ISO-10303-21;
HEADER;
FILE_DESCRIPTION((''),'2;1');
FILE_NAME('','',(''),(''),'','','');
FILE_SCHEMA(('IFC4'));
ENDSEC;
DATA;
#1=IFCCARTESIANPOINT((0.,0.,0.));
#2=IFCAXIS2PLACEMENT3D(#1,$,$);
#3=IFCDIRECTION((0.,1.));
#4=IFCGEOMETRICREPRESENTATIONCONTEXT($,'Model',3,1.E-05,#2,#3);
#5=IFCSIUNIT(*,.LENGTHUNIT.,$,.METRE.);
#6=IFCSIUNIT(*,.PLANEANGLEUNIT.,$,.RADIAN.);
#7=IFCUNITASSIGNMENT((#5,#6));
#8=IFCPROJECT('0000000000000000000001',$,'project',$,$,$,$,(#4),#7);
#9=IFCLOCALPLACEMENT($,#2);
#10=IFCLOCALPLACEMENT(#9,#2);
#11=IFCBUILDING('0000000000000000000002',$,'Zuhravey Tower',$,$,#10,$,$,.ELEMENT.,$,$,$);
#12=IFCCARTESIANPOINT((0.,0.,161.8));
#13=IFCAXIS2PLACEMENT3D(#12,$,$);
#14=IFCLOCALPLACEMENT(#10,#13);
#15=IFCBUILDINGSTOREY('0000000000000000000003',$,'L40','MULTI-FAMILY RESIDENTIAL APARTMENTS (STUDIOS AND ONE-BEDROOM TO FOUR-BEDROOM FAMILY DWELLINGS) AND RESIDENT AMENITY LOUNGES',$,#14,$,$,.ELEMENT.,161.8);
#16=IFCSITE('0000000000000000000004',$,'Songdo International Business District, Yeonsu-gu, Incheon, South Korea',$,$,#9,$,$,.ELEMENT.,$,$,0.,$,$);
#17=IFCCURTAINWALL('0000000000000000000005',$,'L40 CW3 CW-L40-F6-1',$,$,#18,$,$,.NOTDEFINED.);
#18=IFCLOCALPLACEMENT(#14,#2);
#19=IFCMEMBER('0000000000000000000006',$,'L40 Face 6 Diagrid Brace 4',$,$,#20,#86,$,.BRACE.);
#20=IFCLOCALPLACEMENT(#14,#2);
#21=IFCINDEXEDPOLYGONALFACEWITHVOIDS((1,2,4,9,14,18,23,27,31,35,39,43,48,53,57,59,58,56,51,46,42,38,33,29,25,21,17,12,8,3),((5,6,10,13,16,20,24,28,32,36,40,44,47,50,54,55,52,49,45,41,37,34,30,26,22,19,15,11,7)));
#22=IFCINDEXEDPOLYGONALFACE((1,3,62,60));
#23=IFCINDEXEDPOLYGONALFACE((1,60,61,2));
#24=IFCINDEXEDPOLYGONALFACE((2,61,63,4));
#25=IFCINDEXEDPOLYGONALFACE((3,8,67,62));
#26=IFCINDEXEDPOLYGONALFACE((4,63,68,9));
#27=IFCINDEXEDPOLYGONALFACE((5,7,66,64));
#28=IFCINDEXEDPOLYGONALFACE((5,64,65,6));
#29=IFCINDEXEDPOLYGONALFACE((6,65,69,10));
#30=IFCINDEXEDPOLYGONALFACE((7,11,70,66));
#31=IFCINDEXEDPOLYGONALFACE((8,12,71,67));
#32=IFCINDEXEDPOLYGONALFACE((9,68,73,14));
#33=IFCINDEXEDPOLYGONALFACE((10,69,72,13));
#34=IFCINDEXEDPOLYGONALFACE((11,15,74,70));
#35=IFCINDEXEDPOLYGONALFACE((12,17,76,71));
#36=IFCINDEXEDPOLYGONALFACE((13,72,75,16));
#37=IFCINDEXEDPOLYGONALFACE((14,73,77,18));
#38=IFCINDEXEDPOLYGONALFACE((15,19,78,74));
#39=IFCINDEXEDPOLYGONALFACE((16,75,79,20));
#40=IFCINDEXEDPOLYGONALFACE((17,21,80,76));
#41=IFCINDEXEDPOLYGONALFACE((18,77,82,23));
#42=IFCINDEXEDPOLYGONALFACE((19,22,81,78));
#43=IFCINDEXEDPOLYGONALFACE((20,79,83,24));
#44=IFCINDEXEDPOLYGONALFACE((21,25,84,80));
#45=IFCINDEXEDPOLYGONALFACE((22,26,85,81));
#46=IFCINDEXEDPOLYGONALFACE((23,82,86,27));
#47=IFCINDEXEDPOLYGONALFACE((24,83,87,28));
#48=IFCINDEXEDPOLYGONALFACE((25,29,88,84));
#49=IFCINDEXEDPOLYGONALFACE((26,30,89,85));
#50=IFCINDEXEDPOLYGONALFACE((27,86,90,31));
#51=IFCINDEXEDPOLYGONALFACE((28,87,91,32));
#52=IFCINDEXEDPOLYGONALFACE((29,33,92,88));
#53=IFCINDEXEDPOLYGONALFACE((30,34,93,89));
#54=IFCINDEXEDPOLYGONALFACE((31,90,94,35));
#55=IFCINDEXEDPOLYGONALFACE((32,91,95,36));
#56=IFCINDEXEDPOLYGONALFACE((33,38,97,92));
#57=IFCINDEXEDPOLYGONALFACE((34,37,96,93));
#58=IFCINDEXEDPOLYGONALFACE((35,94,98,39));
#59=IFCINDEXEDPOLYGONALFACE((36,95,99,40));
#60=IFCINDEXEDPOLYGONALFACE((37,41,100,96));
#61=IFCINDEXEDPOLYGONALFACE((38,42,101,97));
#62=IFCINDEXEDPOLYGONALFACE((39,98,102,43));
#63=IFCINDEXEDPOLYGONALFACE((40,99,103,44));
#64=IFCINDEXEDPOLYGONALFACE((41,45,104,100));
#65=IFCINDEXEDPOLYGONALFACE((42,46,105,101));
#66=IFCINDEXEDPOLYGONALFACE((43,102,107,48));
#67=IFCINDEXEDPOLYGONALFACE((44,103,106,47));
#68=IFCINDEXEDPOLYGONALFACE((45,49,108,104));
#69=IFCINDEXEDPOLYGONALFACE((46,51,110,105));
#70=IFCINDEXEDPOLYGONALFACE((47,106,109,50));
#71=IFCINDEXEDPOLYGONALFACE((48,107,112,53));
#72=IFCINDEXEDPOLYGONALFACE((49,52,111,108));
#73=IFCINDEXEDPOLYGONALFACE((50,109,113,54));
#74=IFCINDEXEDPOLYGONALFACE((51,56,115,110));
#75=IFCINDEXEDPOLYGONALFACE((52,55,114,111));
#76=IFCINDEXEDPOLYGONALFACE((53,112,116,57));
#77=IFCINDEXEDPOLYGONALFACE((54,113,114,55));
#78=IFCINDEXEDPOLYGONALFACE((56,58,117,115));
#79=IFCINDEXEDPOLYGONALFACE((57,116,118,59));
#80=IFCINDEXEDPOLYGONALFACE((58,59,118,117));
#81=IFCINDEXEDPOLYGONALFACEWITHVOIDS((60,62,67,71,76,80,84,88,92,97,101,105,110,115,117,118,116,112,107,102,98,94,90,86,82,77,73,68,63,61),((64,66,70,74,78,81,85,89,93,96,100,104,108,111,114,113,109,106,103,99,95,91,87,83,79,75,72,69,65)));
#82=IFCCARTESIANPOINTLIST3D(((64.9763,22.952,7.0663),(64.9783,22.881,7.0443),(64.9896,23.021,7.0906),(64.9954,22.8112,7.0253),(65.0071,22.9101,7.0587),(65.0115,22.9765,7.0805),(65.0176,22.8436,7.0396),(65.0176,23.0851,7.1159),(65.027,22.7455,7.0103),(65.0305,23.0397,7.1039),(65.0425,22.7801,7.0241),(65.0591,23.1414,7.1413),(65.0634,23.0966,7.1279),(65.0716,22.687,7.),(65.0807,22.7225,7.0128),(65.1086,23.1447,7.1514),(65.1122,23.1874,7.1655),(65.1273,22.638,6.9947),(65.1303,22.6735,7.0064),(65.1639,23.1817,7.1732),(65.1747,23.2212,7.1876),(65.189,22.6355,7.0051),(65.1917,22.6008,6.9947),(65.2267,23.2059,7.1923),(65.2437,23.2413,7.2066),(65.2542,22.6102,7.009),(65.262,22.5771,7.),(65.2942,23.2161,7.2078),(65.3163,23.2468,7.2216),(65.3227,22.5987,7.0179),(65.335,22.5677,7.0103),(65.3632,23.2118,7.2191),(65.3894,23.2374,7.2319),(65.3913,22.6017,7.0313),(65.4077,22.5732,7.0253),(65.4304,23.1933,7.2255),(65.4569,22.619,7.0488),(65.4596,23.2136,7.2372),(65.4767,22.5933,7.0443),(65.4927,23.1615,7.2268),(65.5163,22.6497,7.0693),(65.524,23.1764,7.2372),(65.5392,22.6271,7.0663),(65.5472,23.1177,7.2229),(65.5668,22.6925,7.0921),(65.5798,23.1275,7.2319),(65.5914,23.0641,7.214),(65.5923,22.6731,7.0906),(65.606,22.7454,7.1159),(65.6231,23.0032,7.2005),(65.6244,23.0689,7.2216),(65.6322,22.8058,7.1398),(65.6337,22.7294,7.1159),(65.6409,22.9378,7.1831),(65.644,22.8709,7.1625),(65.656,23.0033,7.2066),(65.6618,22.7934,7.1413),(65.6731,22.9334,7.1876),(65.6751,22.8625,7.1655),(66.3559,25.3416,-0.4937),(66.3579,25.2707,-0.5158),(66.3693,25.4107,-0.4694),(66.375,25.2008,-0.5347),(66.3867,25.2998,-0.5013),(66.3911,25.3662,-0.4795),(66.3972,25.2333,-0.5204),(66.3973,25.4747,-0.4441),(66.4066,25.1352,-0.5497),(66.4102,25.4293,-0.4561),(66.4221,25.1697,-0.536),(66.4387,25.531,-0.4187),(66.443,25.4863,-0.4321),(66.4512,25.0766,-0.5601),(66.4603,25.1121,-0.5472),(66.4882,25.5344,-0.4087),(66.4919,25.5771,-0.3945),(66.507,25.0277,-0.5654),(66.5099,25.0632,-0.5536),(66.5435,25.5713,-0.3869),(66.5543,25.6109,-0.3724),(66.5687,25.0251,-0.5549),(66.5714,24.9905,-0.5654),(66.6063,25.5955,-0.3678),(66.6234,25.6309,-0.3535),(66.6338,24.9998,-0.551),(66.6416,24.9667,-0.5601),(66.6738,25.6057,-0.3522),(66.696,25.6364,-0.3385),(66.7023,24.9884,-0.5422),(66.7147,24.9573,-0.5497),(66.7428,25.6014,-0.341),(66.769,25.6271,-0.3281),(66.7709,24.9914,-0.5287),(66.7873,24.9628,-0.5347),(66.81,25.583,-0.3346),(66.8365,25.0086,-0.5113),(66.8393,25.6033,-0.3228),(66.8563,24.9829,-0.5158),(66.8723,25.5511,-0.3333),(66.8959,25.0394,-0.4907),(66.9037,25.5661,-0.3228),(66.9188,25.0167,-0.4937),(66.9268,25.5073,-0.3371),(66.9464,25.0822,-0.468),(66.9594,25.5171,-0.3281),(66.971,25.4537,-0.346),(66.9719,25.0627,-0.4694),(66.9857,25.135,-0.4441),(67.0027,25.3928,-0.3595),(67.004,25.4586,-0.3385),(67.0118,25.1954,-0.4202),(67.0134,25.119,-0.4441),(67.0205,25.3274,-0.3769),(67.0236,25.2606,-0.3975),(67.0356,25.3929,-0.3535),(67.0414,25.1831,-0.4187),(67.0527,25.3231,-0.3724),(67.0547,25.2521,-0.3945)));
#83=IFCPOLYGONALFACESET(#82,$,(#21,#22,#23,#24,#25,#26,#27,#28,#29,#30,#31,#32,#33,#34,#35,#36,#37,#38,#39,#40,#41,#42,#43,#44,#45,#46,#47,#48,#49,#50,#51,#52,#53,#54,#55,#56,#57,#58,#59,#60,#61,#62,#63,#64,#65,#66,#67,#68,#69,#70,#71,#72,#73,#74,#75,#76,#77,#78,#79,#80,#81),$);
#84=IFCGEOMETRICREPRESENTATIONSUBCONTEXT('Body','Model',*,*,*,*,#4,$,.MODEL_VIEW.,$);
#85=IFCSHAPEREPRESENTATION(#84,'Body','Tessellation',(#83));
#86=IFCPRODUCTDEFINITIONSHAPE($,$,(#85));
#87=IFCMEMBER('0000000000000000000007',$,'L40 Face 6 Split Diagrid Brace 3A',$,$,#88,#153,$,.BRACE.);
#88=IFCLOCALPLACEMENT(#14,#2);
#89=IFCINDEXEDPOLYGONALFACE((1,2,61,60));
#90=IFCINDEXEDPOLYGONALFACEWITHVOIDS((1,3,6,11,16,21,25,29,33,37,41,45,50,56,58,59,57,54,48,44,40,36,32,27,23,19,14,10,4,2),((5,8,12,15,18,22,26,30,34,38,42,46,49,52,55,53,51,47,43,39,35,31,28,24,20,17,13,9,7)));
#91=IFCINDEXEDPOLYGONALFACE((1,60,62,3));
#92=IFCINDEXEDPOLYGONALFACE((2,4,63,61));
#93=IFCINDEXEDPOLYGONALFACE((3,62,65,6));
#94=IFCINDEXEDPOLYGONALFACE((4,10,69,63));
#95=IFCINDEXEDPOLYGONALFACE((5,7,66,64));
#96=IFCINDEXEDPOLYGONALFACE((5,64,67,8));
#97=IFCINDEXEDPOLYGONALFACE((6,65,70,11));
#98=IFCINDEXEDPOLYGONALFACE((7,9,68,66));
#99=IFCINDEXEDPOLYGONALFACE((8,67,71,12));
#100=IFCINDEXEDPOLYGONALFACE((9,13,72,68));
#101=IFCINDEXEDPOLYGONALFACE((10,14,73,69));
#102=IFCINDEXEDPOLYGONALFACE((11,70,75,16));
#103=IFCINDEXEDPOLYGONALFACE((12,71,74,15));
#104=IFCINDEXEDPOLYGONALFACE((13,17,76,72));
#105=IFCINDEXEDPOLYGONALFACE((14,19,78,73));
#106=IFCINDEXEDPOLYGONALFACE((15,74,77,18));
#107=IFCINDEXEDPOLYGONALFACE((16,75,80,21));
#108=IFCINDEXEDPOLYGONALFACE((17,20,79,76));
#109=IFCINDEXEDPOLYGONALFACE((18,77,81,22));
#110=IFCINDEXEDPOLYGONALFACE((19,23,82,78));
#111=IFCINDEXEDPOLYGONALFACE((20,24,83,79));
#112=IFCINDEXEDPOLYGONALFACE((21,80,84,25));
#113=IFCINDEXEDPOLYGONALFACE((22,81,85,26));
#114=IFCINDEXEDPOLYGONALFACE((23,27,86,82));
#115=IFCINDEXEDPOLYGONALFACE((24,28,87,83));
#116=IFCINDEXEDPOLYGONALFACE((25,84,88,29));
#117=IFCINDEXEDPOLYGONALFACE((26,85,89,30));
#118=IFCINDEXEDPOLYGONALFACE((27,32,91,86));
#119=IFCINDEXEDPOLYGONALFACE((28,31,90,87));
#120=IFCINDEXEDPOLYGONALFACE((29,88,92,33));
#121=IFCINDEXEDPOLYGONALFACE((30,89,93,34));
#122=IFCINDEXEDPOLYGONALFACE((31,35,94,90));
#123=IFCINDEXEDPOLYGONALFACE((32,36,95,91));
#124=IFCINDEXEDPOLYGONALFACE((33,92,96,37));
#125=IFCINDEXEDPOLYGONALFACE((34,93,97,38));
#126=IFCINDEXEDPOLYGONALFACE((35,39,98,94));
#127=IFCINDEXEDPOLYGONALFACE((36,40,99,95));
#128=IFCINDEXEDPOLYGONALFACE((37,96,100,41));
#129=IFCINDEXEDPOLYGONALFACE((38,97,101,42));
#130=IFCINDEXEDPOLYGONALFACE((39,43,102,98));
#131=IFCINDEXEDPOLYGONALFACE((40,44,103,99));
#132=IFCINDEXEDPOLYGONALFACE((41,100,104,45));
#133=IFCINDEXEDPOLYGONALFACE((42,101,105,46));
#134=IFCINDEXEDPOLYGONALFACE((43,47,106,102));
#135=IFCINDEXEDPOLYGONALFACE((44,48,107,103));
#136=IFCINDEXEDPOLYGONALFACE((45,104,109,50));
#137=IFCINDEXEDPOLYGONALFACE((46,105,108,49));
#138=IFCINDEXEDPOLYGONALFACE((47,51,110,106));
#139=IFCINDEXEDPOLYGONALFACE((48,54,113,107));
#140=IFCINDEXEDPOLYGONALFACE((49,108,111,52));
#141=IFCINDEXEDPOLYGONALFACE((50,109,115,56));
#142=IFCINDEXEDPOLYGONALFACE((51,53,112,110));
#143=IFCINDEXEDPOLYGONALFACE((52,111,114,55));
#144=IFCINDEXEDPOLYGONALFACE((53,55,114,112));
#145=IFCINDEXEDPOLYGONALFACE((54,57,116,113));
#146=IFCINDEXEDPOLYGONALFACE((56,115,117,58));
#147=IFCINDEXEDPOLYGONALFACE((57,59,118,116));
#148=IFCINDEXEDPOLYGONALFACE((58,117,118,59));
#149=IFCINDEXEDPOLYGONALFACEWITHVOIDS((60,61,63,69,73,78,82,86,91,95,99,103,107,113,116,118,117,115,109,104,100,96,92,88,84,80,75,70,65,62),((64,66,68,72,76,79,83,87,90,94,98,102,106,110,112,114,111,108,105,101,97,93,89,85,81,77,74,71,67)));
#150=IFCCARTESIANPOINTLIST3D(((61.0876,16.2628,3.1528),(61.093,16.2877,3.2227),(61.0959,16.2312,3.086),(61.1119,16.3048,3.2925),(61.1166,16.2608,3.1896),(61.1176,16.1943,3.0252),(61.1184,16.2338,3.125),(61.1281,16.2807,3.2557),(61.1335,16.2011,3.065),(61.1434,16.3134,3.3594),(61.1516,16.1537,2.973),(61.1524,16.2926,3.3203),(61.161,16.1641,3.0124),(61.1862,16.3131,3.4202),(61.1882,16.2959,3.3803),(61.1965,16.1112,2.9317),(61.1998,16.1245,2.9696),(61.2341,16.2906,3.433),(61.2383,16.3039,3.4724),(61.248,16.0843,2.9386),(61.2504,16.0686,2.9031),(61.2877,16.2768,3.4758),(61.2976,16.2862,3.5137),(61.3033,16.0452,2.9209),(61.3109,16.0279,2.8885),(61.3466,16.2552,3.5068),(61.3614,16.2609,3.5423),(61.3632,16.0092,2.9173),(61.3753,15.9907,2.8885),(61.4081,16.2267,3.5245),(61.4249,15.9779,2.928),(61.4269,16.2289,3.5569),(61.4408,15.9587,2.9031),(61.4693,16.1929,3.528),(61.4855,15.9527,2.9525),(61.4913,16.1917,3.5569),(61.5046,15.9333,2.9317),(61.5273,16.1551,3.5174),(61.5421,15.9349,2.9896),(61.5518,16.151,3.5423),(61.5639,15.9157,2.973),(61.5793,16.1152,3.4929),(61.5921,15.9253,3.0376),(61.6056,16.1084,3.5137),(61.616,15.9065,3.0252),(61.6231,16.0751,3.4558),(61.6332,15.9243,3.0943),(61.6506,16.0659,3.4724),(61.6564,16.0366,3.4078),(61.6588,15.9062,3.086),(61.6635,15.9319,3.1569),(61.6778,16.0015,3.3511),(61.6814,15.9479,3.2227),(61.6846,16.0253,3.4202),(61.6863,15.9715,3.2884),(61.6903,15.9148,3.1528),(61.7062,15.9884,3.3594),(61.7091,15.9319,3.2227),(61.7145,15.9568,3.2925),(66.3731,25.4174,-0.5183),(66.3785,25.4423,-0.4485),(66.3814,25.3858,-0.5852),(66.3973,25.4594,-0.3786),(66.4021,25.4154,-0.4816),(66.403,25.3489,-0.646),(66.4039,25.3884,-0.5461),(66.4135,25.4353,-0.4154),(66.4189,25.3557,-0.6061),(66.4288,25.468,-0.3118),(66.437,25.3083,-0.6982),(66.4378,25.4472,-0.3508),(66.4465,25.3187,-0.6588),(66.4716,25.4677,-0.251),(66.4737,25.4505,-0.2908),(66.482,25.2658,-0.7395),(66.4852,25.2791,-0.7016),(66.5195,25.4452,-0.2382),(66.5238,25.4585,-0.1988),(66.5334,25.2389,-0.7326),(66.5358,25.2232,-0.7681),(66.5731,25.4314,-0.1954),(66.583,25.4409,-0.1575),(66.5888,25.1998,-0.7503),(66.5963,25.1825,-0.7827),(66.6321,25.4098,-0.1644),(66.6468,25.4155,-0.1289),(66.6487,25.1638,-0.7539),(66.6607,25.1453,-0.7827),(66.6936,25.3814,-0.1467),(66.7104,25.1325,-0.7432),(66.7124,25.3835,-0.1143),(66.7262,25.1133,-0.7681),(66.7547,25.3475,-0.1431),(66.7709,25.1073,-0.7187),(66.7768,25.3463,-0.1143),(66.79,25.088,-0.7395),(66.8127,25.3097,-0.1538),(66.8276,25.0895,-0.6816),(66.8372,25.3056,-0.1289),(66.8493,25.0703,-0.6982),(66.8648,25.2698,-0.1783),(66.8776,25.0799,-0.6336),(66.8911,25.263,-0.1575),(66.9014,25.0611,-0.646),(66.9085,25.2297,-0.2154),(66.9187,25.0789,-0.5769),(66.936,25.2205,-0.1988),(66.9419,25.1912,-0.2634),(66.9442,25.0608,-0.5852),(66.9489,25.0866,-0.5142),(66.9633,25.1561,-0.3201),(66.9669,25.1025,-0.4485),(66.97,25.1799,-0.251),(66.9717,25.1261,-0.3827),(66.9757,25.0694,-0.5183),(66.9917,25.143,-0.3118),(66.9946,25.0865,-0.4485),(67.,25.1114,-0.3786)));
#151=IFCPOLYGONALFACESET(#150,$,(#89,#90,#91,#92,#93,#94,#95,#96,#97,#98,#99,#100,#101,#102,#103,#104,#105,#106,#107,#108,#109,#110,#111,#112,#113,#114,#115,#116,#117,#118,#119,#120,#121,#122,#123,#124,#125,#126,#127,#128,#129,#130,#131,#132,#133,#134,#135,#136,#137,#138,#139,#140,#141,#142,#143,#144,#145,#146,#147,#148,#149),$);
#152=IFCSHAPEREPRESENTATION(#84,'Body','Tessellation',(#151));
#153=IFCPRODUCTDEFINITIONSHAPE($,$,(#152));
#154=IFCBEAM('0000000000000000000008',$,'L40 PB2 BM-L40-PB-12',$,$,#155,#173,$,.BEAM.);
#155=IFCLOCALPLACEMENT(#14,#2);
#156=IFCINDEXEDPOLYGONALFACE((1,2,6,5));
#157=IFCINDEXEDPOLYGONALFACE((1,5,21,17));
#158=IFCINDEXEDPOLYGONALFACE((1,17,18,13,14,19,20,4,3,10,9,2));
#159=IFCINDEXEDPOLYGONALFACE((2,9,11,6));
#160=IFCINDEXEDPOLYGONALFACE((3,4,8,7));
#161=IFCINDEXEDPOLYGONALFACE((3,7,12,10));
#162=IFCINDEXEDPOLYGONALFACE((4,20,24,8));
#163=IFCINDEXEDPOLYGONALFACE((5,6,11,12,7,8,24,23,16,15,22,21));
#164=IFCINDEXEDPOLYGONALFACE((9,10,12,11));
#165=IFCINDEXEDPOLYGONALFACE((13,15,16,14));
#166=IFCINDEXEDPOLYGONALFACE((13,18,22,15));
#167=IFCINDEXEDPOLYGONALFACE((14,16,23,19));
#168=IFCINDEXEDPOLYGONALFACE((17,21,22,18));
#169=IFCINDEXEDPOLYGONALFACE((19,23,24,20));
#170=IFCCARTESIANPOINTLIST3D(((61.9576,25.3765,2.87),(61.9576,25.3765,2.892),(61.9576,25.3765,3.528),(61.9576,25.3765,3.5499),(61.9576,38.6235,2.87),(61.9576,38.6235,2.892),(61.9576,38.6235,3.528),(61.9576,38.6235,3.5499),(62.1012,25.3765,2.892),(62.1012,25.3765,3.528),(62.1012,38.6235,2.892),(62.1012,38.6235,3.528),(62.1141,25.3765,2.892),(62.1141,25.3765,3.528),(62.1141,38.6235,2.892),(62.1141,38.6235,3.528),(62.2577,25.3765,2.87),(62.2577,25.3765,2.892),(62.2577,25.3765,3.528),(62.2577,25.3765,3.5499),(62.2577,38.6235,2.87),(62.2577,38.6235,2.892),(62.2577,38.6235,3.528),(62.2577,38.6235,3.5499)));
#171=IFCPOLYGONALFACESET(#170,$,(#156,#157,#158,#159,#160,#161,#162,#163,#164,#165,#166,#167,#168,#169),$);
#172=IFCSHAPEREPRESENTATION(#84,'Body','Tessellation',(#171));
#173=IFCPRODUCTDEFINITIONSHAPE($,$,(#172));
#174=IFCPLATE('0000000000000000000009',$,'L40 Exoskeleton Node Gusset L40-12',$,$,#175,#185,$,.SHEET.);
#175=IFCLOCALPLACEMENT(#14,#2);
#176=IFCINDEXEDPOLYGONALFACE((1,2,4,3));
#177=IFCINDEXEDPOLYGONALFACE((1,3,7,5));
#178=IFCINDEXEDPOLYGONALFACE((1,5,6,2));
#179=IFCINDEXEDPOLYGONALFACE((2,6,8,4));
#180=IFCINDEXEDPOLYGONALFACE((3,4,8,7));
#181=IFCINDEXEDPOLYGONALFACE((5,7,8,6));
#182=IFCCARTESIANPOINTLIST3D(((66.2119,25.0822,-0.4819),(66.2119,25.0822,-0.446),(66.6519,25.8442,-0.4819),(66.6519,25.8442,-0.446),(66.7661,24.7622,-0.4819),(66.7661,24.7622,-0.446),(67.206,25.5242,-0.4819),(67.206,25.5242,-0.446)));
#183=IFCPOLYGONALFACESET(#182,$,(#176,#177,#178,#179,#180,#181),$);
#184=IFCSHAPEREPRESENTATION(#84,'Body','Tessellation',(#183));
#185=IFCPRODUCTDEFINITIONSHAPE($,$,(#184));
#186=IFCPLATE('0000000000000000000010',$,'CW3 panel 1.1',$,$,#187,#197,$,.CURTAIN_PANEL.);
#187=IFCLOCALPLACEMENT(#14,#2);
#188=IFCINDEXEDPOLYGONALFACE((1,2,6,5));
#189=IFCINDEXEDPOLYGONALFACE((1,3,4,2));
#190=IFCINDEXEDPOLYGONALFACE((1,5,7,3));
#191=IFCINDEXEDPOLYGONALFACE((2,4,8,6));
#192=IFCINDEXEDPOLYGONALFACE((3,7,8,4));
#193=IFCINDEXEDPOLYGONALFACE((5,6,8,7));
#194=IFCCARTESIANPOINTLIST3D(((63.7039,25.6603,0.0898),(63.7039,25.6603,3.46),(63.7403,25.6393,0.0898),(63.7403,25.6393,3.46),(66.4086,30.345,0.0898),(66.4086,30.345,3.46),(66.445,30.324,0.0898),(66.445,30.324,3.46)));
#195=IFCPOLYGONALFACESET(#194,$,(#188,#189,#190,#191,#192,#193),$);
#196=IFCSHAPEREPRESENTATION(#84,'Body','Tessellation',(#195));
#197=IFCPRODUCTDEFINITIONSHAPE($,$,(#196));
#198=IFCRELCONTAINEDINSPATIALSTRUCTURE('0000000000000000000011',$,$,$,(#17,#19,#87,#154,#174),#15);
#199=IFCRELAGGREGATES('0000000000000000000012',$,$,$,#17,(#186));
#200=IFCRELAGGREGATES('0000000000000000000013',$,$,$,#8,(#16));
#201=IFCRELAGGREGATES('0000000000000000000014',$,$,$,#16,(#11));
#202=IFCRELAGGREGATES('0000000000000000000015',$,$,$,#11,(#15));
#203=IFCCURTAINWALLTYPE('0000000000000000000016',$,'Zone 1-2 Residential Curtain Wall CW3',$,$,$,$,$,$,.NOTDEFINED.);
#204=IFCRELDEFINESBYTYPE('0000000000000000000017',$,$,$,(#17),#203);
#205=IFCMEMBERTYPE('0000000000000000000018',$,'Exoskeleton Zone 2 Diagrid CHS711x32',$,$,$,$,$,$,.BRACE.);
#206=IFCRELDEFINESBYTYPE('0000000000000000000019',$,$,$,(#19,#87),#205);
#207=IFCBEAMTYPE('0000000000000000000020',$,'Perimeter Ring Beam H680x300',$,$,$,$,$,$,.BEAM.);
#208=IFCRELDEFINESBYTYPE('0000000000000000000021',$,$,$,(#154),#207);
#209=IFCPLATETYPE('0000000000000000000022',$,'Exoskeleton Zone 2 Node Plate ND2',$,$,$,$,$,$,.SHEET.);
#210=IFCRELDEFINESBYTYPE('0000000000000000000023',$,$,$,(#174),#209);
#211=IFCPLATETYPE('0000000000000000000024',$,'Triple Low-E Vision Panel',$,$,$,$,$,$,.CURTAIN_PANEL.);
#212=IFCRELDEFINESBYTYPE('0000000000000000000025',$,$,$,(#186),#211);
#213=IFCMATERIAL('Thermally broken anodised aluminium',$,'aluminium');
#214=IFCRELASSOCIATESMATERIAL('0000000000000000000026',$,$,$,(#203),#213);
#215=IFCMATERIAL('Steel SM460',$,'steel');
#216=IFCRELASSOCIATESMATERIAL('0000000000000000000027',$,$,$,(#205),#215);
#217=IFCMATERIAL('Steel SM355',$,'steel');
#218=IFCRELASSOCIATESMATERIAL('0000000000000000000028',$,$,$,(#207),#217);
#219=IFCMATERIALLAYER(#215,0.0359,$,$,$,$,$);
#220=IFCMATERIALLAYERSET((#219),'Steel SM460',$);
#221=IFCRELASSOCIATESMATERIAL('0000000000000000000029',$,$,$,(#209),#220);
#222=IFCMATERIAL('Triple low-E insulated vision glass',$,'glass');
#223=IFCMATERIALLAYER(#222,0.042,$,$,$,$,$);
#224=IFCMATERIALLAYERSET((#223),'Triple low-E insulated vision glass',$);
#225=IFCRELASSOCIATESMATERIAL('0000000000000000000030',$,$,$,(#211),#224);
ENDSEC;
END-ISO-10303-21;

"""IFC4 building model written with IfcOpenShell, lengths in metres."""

from ifc_helpers import new_model, si_unit, direction, frame, origin, origin_2d, place, context, subcontext, project, spatial, rectangle, hollow_circle, i_section, extrude, material, layer, layer_set, material_profile, profile_set, type_object, element, aggregate, save


model = new_model("IFC4")

# Units and contexts
model_context = context("Model", 3, precision=1e-05, world=origin(), true_north=direction((0.0, 1.0)))
body_context = subcontext(model_context, "Body", "Model", "MODEL_VIEW")
ifc_project = project(units=[si_unit("LENGTHUNIT", "METRE"), si_unit("PLANEANGLEUNIT", "RADIAN")], contexts=[model_context])

# Site, building, storey
site_placement = place(None, origin())
site = spatial("IfcSite", under=ifc_project, at=site_placement, Name="Songdo International Business District, Yeonsu-gu, Incheon, South Korea", CompositionType="ELEMENT", RefElevation=0.0)
building_placement = place(site_placement, origin())
building = spatial("IfcBuilding", under=site, at=building_placement, Name="Zuhravey Tower", CompositionType="ELEMENT")
storey_placement = place(building_placement, frame((0.0, 0.0, 161.8)))
storey = spatial("IfcBuildingStorey", under=building, at=storey_placement, Name="L40", Description="MULTI-FAMILY RESIDENTIAL APARTMENTS (STUDIOS AND ONE-BEDROOM TO FOUR-BEDROOM FAMILY DWELLINGS) AND RESIDENT AMENITY LOUNGES", CompositionType="ELEMENT", Elevation=161.8)

# Curtain wall
ifc_material_1 = material(Name="Thermally broken anodised aluminium", Category="aluminium")
curtain_wall_type = type_object("IfcCurtainWallType", Name="Zone 1-2 Residential Curtain Wall CW3", PredefinedType="NOTDEFINED", material=ifc_material_1)
curtain_wall_placement = place(storey_placement, origin())
curtain_wall = element("IfcCurtainWall", 1, at=curtain_wall_placement, inside=storey, type_object=curtain_wall_type, Name="L40 CW3 CW-L40-F6-1", PredefinedType="NOTDEFINED")

# Members
ifc_material_2 = material(Name="Steel SM460", Category="steel")
ifc_material_profile_1 = material_profile(ifc_material_2, hollow_circle(Radius=0.3557, WallThickness=0.032, at=origin_2d()), Name="CHS-711.2x32")
ifc_profile_set_1 = profile_set([ifc_material_profile_1], Name="Steel SM460")
member_type_1 = type_object("IfcMemberType", Name="Exoskeleton Zone 2 Diagrid CHS711x32", PredefinedType="BRACE", material=ifc_profile_set_1)
member_1_placement = place(storey_placement, frame((66.7053, 25.2969, -0.4441), z_axis=(-0.171429, -0.296929, 0.939386), x_axis=(0.866029, -0.499993, 0.0)))
element("IfcMember", 2, at=member_1_placement, inside=storey, type_object=member_type_1, Name="L40 Face 6 Diagrid Brace 4", PredefinedType="BRACE", context=body_context, shape_type="SweptSolid", body=[
    extrude(hollow_circle(Radius=0.3557, WallThickness=0.032, at=origin_2d()), origin(), (0.0, 0.0, 1.0), 8.0479),
])
member_2_placement = place(storey_placement, frame((66.6865, 25.2644, -0.4485), z_axis=(-0.472328, -0.818093, 0.328071), x_axis=(0.866024, -0.500002, 0.0)))
element("IfcMember", 3, at=member_2_placement, inside=storey, type_object=member_type_1, Name="L40 Face 6 Split Diagrid Brace 3A", PredefinedType="BRACE", context=body_context, shape_type="SweptSolid", body=[
    extrude(hollow_circle(Radius=0.3557, WallThickness=0.032, at=origin_2d()), origin(), (0.0, 0.0, 1.0), 11.1902),
])

# Beam
ifc_material_3 = material(Name="Steel SM355", Category="steel")
ifc_material_profile_2 = material_profile(ifc_material_3, i_section(OverallWidth=0.3, OverallDepth=0.6799, WebThickness=0.0129, FlangeThickness=0.022, at=origin_2d()), Name="H-680x300x13x22")
ifc_profile_set_2 = profile_set([ifc_material_profile_2], Name="Steel SM355")
beam_type = type_object("IfcBeamType", Name="Perimeter Ring Beam H680x300", PredefinedType="BEAM", material=ifc_profile_set_2)
beam_placement = place(storey_placement, frame((62.1077, 25.3765, 3.21), z_axis=(0.0, 1.0, 0.0), x_axis=(-1.0, 0.0, 0.0)))
element("IfcBeam", 4, at=beam_placement, inside=storey, type_object=beam_type, Name="L40 PB2 BM-L40-PB-12", PredefinedType="BEAM", context=body_context, shape_type="SweptSolid", body=[
    extrude(i_section(OverallWidth=0.3, OverallDepth=0.6799, WebThickness=0.0129, FlangeThickness=0.022, at=origin_2d()), origin(), (0.0, 0.0, 1.0), 13.2471),
])

# Plates
ifc_layer_1 = layer(ifc_material_2, 0.0359)
ifc_layer_set_1 = layer_set([ifc_layer_1], Name="Steel SM460")
plate_type_1 = type_object("IfcPlateType", Name="Exoskeleton Zone 2 Node Plate ND2", PredefinedType="SHEET", material=ifc_layer_set_1)
plate_1_placement = place(storey_placement, frame((66.709, 25.3032, -0.4819), z_axis=(0.0, 0.0, 1.0), x_axis=(0.5, 0.866025, 0.0)))
element("IfcPlate", 5, at=plate_1_placement, inside=storey, type_object=plate_type_1, Name="L40 Exoskeleton Node Gusset L40-12", PredefinedType="SHEET", context=body_context, shape_type="SweptSolid", body=[
    extrude(rectangle(XDim=0.8799, YDim=0.6399, at=origin_2d()), origin(), (0.0, 0.0, 1.0), 0.0359),
])
ifc_material_4 = material(Name="Triple low-E insulated vision glass", Category="glass")
ifc_layer_2 = layer(ifc_material_4, 0.042)
ifc_layer_set_2 = layer_set([ifc_layer_2], Name="Triple low-E insulated vision glass")
plate_type_2 = type_object("IfcPlateType", Name="Triple Low-E Vision Panel", PredefinedType="CURTAIN_PANEL", material=ifc_layer_set_2)
plate_2_placement = place(storey_placement, frame((65.0745, 27.9922, 0.0898), z_axis=(0.0, 0.0, 1.0), x_axis=(-0.5, -0.866025, 0.0)))
plate_2 = element("IfcPlate", 6, at=plate_2_placement, type_object=plate_type_2, Name="CW3 panel 1.1", PredefinedType="CURTAIN_PANEL", context=body_context, shape_type="SweptSolid", body=[
    extrude(rectangle(XDim=5.4094, YDim=0.042, at=origin_2d()), origin(), (0.0, 0.0, 1.0), 3.3701),
])
aggregate(curtain_wall, [plate_2])

save(model, "model.ifc")
